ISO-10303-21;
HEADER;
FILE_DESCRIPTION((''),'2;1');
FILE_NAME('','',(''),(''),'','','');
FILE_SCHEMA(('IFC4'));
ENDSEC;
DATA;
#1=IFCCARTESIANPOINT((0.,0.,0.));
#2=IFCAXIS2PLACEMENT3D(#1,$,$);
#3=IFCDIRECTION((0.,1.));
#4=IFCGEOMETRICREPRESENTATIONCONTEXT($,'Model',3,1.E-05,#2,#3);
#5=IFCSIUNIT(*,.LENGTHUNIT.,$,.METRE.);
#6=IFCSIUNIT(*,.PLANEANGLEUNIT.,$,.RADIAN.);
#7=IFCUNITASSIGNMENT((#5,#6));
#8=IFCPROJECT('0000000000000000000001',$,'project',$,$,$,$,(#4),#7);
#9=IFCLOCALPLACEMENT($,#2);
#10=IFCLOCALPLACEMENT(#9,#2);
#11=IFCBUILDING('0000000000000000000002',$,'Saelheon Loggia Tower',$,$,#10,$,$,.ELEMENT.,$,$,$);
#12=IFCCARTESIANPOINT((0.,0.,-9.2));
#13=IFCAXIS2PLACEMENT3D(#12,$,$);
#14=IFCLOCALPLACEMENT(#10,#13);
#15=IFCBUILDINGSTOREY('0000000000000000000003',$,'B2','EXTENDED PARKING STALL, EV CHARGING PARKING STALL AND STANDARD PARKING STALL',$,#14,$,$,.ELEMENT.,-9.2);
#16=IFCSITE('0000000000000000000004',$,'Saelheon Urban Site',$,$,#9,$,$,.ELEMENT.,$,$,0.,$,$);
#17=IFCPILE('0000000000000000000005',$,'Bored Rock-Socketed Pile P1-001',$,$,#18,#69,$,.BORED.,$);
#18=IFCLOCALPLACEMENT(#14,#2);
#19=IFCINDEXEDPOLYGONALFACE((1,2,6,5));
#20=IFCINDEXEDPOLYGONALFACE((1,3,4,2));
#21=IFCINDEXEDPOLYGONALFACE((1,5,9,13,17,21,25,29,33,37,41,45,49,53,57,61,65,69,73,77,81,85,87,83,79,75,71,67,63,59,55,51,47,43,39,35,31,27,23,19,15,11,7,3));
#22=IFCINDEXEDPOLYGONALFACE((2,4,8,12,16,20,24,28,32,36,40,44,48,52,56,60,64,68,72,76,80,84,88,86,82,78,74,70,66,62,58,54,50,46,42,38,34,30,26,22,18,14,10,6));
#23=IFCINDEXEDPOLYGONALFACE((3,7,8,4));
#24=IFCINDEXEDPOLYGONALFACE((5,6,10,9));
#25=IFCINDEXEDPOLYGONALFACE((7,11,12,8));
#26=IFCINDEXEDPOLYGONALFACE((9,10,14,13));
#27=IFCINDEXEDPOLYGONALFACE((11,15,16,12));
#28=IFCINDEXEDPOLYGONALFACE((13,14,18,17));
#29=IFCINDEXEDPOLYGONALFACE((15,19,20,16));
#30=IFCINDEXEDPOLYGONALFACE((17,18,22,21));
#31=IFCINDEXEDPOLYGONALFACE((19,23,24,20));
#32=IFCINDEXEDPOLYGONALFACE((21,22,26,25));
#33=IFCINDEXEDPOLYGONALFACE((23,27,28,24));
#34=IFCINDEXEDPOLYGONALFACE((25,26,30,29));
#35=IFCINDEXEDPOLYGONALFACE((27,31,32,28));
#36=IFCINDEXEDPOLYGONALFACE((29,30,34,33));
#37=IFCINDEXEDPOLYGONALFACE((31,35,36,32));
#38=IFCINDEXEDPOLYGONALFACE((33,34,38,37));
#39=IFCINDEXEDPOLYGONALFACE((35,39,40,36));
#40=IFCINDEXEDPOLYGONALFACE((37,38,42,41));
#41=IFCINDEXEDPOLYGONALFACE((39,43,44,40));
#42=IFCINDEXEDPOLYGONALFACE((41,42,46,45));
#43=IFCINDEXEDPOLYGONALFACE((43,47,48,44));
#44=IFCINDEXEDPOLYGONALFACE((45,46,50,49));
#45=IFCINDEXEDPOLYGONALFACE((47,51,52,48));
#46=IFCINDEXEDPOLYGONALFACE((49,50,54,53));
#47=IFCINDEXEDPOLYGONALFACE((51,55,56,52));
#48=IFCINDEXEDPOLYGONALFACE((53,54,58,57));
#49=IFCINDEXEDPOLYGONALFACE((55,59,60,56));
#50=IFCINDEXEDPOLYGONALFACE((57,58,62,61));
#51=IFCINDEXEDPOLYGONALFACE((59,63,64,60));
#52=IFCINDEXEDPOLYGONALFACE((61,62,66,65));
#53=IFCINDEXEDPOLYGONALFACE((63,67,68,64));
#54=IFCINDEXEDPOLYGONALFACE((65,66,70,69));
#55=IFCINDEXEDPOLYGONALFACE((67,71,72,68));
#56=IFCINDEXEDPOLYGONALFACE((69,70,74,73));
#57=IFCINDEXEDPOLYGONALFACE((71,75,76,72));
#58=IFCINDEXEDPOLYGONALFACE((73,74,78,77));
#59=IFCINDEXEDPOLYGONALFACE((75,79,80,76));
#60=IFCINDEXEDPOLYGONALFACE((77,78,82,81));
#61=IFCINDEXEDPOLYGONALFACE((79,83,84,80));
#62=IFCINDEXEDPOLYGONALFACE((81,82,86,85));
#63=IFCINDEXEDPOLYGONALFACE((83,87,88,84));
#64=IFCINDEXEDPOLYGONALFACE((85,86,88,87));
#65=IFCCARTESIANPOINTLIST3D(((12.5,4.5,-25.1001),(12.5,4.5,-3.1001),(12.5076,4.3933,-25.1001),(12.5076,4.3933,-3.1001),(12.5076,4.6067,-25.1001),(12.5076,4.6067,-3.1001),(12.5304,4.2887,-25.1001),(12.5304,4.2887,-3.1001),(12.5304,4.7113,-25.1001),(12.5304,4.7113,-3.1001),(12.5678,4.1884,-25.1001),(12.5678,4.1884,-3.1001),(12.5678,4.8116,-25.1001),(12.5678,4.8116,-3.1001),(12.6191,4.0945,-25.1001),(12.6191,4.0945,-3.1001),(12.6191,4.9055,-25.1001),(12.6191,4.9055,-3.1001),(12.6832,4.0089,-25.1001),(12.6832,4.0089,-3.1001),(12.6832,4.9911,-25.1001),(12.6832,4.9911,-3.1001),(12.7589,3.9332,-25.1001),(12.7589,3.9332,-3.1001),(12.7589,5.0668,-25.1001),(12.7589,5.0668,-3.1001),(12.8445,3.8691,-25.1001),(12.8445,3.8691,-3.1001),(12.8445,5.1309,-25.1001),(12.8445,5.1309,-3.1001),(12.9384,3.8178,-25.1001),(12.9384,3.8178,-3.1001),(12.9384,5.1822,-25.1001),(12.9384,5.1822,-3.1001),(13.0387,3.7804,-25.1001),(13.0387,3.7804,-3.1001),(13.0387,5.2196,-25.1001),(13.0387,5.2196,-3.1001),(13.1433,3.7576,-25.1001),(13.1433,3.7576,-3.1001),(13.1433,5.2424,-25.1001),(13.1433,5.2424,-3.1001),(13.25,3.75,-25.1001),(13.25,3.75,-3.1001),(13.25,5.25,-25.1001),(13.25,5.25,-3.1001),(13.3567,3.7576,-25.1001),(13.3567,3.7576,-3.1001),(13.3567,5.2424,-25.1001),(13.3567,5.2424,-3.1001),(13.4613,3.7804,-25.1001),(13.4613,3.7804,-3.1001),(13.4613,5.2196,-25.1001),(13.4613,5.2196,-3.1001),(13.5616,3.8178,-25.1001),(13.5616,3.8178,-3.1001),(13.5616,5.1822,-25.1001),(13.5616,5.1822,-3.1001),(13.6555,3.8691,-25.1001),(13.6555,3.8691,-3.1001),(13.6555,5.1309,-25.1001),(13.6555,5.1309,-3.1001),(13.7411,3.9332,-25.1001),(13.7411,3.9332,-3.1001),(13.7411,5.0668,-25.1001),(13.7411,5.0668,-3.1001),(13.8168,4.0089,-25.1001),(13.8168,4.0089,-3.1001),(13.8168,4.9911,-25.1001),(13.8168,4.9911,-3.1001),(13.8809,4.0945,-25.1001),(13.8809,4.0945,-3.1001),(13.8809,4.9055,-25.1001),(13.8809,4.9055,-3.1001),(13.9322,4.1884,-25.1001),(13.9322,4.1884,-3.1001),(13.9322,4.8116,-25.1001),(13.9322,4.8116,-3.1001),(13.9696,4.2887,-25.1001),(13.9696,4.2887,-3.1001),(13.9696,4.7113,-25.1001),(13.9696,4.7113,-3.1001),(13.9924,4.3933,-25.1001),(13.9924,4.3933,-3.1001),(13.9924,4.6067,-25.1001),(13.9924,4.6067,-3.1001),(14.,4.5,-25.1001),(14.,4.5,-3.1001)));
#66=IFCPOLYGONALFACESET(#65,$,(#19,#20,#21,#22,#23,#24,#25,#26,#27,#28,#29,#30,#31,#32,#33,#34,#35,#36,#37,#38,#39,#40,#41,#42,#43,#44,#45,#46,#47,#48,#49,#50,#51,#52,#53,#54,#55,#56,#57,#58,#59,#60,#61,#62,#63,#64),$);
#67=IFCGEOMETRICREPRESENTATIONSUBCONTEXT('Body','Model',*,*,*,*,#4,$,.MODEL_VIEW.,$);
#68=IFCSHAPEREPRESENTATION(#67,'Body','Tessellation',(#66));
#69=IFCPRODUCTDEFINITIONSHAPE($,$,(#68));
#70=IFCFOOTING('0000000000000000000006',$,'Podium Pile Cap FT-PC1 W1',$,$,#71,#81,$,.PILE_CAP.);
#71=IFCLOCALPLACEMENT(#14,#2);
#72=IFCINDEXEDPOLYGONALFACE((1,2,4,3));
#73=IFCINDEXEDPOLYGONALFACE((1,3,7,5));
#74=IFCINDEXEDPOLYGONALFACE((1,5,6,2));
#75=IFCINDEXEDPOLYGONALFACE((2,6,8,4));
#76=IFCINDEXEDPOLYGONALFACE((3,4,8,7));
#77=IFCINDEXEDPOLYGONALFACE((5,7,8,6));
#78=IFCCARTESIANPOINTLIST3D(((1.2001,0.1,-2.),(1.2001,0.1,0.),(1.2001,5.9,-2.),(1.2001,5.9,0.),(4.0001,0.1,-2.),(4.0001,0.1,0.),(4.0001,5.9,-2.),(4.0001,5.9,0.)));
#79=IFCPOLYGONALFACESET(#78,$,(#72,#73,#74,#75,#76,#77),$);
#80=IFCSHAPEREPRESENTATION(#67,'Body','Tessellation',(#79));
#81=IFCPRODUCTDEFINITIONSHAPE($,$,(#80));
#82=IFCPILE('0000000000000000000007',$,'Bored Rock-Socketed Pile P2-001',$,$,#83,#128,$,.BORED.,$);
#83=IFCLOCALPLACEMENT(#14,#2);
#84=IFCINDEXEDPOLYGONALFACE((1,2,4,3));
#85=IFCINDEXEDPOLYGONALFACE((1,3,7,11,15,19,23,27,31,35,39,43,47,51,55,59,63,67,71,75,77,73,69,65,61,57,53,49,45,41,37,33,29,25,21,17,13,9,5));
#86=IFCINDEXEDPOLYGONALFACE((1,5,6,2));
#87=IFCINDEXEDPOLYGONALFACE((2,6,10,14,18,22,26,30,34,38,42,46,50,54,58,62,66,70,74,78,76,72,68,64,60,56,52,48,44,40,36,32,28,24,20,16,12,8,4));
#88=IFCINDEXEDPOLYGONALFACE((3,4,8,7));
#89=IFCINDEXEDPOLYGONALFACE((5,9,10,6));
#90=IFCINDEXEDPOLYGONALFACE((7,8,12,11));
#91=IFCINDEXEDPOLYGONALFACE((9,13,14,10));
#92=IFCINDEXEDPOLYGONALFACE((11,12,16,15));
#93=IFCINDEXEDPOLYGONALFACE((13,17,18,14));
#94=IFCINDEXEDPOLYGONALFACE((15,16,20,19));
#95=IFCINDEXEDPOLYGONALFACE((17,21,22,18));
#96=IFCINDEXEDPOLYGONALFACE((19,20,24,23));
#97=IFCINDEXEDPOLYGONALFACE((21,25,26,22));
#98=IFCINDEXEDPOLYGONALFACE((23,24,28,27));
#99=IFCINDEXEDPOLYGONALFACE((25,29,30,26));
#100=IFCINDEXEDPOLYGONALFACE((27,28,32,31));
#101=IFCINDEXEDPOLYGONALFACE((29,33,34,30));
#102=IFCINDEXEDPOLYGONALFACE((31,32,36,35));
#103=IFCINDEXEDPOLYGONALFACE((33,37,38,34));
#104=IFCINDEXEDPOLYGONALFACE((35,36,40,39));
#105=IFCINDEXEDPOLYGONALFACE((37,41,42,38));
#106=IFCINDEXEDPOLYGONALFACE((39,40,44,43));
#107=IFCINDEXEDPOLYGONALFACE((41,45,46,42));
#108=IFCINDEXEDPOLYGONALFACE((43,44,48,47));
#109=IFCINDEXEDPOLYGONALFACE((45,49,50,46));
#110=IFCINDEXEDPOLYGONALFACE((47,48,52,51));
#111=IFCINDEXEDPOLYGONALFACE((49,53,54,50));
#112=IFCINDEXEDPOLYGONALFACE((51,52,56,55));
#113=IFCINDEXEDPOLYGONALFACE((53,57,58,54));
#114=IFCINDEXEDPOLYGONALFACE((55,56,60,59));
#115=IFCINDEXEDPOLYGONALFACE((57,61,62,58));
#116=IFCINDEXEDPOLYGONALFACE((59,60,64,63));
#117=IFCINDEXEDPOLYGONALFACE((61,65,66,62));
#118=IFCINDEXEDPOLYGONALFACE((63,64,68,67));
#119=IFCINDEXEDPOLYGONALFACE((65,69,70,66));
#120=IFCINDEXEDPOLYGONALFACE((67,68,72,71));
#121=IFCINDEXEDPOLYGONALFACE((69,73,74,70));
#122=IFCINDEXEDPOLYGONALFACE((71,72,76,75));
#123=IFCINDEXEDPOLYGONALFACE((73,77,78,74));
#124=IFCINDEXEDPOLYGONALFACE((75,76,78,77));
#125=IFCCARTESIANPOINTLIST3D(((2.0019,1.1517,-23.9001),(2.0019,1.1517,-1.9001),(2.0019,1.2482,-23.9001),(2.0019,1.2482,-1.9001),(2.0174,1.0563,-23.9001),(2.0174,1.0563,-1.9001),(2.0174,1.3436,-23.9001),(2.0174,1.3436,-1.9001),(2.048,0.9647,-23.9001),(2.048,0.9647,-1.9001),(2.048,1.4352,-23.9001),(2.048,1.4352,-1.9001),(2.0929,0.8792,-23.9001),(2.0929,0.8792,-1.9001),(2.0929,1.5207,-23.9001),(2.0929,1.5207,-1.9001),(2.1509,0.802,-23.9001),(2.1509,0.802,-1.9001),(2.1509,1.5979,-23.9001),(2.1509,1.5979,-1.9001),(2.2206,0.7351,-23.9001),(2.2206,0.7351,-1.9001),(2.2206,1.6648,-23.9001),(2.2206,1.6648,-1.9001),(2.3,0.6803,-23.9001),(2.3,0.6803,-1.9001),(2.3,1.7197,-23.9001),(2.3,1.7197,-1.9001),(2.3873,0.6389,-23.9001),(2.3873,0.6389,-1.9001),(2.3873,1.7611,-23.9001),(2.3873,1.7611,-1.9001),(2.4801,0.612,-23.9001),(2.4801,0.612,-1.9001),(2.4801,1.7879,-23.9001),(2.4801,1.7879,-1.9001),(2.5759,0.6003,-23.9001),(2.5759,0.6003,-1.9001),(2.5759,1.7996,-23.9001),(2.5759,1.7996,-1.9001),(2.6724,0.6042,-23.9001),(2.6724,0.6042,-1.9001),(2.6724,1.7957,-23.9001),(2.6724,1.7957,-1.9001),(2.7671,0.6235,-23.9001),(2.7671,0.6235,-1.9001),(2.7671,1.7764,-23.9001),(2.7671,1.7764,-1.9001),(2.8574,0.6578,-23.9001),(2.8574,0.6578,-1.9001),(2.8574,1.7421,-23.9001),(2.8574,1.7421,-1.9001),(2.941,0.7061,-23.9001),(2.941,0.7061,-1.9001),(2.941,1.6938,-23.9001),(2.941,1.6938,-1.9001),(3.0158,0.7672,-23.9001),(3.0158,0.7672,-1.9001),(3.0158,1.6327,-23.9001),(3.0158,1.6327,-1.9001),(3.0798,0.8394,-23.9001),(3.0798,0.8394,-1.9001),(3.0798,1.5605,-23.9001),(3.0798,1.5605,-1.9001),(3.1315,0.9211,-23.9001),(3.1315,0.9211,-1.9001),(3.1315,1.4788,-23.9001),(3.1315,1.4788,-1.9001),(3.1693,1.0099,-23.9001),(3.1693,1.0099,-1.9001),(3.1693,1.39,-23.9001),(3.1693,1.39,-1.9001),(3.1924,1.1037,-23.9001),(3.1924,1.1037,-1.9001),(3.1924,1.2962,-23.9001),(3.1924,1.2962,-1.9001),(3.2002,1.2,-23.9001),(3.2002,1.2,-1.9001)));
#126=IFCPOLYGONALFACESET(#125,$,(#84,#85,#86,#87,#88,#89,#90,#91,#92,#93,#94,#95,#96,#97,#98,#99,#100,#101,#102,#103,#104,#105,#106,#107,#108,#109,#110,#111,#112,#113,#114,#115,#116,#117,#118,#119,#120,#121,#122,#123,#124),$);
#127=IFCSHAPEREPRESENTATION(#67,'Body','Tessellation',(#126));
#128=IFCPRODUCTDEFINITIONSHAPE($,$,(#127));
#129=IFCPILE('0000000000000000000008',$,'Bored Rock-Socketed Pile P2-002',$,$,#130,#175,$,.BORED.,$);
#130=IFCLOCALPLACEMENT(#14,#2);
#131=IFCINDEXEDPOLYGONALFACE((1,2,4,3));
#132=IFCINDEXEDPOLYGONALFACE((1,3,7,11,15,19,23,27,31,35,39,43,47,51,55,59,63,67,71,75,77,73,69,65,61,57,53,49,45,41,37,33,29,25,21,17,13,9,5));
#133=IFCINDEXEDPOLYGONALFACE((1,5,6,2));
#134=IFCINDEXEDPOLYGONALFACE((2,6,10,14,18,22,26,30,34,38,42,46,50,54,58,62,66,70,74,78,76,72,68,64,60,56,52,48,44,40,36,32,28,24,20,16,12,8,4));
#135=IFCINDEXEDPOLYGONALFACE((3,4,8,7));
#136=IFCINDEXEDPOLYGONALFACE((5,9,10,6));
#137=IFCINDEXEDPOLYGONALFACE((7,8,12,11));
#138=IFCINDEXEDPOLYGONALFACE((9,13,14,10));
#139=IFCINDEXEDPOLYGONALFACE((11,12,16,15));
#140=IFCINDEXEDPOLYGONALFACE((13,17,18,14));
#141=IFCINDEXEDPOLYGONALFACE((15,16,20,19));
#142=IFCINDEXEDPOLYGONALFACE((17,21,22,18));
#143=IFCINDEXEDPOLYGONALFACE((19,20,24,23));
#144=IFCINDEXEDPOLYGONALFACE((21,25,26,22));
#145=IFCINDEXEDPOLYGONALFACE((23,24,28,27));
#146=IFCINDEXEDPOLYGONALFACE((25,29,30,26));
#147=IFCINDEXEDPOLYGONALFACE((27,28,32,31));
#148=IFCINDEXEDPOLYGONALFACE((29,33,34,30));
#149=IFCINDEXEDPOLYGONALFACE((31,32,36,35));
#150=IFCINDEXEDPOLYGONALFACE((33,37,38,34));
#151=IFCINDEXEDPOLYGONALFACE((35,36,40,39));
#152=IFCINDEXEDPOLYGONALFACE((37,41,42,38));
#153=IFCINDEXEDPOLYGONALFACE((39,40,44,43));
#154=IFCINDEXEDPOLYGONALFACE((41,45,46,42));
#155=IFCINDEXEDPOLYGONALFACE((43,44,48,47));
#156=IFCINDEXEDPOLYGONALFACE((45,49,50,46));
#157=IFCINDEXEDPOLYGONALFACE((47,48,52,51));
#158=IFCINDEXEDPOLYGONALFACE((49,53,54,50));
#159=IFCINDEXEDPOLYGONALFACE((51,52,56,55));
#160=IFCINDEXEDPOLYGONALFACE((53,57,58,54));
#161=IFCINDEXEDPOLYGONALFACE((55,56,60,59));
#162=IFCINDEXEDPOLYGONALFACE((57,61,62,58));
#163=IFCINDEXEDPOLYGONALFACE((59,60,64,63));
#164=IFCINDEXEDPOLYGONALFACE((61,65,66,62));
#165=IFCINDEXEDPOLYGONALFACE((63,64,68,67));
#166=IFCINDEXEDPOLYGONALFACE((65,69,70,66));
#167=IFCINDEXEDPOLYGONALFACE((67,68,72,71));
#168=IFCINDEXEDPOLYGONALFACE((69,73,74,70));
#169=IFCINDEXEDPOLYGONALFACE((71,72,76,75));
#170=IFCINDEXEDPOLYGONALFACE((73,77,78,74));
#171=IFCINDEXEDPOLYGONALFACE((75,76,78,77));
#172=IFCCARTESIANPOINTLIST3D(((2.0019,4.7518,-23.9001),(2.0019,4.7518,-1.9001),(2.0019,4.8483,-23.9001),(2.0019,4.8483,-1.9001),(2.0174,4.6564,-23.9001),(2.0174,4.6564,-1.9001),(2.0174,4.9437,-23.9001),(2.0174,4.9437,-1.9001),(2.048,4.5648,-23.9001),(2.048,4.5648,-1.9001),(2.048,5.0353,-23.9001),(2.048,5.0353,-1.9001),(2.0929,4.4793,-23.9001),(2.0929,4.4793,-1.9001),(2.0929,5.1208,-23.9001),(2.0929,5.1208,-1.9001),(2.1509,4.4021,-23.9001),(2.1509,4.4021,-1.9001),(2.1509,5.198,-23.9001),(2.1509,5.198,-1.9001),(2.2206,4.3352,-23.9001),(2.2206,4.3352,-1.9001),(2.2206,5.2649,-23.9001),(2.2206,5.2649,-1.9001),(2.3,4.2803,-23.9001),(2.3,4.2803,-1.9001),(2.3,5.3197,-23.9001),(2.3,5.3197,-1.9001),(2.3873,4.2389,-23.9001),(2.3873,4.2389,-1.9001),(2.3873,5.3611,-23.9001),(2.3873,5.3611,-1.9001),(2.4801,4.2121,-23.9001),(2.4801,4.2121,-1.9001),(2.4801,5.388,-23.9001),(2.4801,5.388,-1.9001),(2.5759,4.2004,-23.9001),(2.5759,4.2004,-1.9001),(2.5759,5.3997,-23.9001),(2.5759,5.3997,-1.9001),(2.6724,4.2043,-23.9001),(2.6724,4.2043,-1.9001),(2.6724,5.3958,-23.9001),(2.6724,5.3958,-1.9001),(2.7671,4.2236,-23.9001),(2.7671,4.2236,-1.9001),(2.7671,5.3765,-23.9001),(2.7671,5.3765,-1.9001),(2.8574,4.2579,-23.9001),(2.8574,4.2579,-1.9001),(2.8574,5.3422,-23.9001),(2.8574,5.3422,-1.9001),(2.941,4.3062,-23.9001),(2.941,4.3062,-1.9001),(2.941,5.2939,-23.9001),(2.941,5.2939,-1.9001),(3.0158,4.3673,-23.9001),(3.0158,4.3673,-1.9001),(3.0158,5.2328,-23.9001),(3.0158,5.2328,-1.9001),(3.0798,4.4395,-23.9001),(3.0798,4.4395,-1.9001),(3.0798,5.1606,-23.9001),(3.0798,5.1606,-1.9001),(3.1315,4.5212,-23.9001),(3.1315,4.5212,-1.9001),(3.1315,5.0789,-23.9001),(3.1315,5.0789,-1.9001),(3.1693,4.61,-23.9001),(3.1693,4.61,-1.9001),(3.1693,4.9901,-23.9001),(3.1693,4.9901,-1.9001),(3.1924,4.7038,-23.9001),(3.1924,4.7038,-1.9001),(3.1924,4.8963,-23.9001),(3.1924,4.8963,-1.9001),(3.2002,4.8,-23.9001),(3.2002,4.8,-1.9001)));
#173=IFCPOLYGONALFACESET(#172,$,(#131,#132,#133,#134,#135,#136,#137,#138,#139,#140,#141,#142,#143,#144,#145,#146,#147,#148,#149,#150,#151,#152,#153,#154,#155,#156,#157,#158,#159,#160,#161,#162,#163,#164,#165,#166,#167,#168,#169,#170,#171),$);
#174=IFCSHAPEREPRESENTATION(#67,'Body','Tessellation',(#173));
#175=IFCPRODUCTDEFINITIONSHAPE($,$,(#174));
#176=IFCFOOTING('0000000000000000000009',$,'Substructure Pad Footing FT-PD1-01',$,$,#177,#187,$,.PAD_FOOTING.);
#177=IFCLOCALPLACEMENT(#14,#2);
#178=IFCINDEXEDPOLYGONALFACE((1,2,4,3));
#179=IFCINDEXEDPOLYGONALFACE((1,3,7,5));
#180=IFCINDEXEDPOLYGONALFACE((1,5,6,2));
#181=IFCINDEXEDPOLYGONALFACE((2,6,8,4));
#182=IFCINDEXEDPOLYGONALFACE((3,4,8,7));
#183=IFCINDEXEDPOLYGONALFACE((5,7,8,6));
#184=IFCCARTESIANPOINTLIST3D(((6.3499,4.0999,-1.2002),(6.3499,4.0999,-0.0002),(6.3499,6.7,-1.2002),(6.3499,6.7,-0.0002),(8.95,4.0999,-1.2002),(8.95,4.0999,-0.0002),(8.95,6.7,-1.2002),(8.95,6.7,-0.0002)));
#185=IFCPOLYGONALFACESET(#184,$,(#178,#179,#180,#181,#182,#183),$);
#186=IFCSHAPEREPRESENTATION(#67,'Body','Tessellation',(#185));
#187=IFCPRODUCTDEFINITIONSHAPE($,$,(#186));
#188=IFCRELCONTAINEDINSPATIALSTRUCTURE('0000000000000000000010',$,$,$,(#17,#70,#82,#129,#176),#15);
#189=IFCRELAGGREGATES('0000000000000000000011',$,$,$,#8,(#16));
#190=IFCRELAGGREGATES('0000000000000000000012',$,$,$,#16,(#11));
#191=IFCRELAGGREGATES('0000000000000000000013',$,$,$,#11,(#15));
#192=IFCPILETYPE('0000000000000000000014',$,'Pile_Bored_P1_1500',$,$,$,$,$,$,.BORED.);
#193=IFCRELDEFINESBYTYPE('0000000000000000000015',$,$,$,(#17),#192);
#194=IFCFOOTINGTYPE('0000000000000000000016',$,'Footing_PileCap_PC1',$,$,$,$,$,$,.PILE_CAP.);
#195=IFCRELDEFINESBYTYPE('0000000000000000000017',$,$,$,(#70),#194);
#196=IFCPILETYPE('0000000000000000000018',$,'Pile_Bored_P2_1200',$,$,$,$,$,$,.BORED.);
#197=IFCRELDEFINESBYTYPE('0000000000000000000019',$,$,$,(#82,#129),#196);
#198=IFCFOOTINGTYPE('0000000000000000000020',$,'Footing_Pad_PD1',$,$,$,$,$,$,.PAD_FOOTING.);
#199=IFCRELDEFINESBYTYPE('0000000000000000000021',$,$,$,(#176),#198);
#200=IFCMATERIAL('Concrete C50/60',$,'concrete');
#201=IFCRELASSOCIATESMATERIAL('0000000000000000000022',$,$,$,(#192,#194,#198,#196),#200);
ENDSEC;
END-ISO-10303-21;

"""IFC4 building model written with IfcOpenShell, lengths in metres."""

from ifc_helpers import new_model, si_unit, direction, frame, origin, origin_2d, place, context, subcontext, project, spatial, rectangle, circle, extrude, source, transform, mapped, material, material_profile, profile_set, type_object, element, save


model = new_model("IFC4")

# Units and contexts
model_context = context("Model", 3, precision=1e-05, world=origin(), true_north=direction((0.0, 1.0)))
body_context = subcontext(model_context, "Body", "Model", "MODEL_VIEW")
ifc_project = project(units=[si_unit("LENGTHUNIT", "METRE"), si_unit("PLANEANGLEUNIT", "RADIAN")], contexts=[model_context])

# Site, building, storey
site_placement = place(None, origin())
site = spatial("IfcSite", under=ifc_project, at=site_placement, Name="Saelheon Urban Site", CompositionType="ELEMENT", RefElevation=0.0)
building_placement = place(site_placement, origin())
building = spatial("IfcBuilding", under=site, at=building_placement, Name="Saelheon Loggia Tower", CompositionType="ELEMENT")
storey_placement = place(building_placement, frame((0.0, 0.0, -9.2)))
storey = spatial("IfcBuildingStorey", under=building, at=storey_placement, Name="B2", Description="EXTENDED PARKING STALL, EV CHARGING PARKING STALL AND STANDARD PARKING STALL", CompositionType="ELEMENT", Elevation=-9.2)

# Pile
ifc_material_1 = material(Name="Concrete C50/60", Category="concrete")
ifc_material_profile_1 = material_profile(ifc_material_1, circle(Radius=0.75, at=origin_2d()), Name="CIRC-1500")
ifc_profile_set_1 = profile_set([ifc_material_profile_1], Name="Concrete C50/60")
pile_type_1 = type_object("IfcPileType", Name="Pile_Bored_P1_1500", PredefinedType="BORED", material=ifc_profile_set_1)
shared_shape_1 = source(origin(), body_context, "Body", "SweptSolid", [
    extrude(circle(Radius=0.75, at=origin_2d()), origin(), (0.0, 0.0, 1.0), 22.0),
])
pile_placement = place(storey_placement, frame((13.25, 4.5, -3.1001), z_axis=(0.0, 0.0, -1.0), x_axis=(1.0, 0.0, 0.0)))
element("IfcPile", 1, at=pile_placement, inside=storey, type_object=pile_type_1, Name="Bored Rock-Socketed Pile P1-001", PredefinedType="BORED", context=body_context, shape_type="MappedRepresentation", body=[
    mapped(shared_shape_1, transform((0.0, 0.0, 0.0), scale=1.0)),
])

# Footing
footing_type_1 = type_object("IfcFootingType", Name="Footing_PileCap_PC1", PredefinedType="PILE_CAP", material=ifc_material_1)
shared_shape_2 = source(origin(), body_context, "Body", "SweptSolid", [
    extrude(rectangle(XDim=2.8, YDim=5.8, at=origin_2d()), origin(), (0.0, 0.0, 1.0), 2.0),
])
footing_1_placement = place(storey_placement, frame((2.6001, 3.0, -2.0), z_axis=(0.0, 0.0, 1.0), x_axis=(1.0, 0.0, 0.0)))
element("IfcFooting", 2, at=footing_1_placement, inside=storey, type_object=footing_type_1, Name="Podium Pile Cap FT-PC1 W1", PredefinedType="PILE_CAP", context=body_context, shape_type="MappedRepresentation", body=[
    mapped(shared_shape_2, transform((0.0, 0.0, 0.0), scale=1.0)),
])

# Piles
ifc_material_profile_2 = material_profile(ifc_material_1, circle(Radius=0.6001, at=origin_2d()), Name="CIRC-1200")
ifc_profile_set_2 = profile_set([ifc_material_profile_2], Name="Concrete C50/60")
pile_type_2 = type_object("IfcPileType", Name="Pile_Bored_P2_1200", PredefinedType="BORED", material=ifc_profile_set_2)
shared_shape_3 = source(origin(), body_context, "Body", "SweptSolid", [
    extrude(circle(Radius=0.6001, at=origin_2d()), origin(), (0.0, 0.0, 1.0), 22.0),
])
for number, where, z_axis, x_axis, name in (
    (3, (2.6001, 1.2, -1.9001), (0.0, 0.0, -1.0), (1.0, 0.0, 0.0), "Bored Rock-Socketed Pile P2-001"),
    (4, (2.6001, 4.8, -1.9001), (0.0, 0.0, -1.0), (1.0, 0.0, 0.0), "Bored Rock-Socketed Pile P2-002"),
):
    element("IfcPile", number, at=place(storey_placement, frame(where, z_axis=z_axis, x_axis=x_axis)), inside=storey, type_object=pile_type_2, Name=name, PredefinedType="BORED", context=body_context, shape_type="MappedRepresentation", body=[
        mapped(shared_shape_3, transform((0.0, 0.0, 0.0), scale=1.0)),
    ])

# Footing
footing_type_2 = type_object("IfcFootingType", Name="Footing_Pad_PD1", PredefinedType="PAD_FOOTING", material=ifc_material_1)
shared_shape_4 = source(origin(), body_context, "Body", "SweptSolid", [
    extrude(rectangle(XDim=2.6001, YDim=2.6001, at=origin_2d()), origin(), (0.0, 0.0, 1.0), 1.2),
])
footing_2_placement = place(storey_placement, frame((7.6499, 5.3999, -1.2002), z_axis=(0.0, 0.0, 1.0), x_axis=(1.0, 0.0, 0.0)))
element("IfcFooting", 5, at=footing_2_placement, inside=storey, type_object=footing_type_2, Name="Substructure Pad Footing FT-PD1-01", PredefinedType="PAD_FOOTING", context=body_context, shape_type="MappedRepresentation", body=[
    mapped(shared_shape_4, transform((0.0, 0.0, 0.0), scale=1.0)),
])

save(model, "model.ifc")
